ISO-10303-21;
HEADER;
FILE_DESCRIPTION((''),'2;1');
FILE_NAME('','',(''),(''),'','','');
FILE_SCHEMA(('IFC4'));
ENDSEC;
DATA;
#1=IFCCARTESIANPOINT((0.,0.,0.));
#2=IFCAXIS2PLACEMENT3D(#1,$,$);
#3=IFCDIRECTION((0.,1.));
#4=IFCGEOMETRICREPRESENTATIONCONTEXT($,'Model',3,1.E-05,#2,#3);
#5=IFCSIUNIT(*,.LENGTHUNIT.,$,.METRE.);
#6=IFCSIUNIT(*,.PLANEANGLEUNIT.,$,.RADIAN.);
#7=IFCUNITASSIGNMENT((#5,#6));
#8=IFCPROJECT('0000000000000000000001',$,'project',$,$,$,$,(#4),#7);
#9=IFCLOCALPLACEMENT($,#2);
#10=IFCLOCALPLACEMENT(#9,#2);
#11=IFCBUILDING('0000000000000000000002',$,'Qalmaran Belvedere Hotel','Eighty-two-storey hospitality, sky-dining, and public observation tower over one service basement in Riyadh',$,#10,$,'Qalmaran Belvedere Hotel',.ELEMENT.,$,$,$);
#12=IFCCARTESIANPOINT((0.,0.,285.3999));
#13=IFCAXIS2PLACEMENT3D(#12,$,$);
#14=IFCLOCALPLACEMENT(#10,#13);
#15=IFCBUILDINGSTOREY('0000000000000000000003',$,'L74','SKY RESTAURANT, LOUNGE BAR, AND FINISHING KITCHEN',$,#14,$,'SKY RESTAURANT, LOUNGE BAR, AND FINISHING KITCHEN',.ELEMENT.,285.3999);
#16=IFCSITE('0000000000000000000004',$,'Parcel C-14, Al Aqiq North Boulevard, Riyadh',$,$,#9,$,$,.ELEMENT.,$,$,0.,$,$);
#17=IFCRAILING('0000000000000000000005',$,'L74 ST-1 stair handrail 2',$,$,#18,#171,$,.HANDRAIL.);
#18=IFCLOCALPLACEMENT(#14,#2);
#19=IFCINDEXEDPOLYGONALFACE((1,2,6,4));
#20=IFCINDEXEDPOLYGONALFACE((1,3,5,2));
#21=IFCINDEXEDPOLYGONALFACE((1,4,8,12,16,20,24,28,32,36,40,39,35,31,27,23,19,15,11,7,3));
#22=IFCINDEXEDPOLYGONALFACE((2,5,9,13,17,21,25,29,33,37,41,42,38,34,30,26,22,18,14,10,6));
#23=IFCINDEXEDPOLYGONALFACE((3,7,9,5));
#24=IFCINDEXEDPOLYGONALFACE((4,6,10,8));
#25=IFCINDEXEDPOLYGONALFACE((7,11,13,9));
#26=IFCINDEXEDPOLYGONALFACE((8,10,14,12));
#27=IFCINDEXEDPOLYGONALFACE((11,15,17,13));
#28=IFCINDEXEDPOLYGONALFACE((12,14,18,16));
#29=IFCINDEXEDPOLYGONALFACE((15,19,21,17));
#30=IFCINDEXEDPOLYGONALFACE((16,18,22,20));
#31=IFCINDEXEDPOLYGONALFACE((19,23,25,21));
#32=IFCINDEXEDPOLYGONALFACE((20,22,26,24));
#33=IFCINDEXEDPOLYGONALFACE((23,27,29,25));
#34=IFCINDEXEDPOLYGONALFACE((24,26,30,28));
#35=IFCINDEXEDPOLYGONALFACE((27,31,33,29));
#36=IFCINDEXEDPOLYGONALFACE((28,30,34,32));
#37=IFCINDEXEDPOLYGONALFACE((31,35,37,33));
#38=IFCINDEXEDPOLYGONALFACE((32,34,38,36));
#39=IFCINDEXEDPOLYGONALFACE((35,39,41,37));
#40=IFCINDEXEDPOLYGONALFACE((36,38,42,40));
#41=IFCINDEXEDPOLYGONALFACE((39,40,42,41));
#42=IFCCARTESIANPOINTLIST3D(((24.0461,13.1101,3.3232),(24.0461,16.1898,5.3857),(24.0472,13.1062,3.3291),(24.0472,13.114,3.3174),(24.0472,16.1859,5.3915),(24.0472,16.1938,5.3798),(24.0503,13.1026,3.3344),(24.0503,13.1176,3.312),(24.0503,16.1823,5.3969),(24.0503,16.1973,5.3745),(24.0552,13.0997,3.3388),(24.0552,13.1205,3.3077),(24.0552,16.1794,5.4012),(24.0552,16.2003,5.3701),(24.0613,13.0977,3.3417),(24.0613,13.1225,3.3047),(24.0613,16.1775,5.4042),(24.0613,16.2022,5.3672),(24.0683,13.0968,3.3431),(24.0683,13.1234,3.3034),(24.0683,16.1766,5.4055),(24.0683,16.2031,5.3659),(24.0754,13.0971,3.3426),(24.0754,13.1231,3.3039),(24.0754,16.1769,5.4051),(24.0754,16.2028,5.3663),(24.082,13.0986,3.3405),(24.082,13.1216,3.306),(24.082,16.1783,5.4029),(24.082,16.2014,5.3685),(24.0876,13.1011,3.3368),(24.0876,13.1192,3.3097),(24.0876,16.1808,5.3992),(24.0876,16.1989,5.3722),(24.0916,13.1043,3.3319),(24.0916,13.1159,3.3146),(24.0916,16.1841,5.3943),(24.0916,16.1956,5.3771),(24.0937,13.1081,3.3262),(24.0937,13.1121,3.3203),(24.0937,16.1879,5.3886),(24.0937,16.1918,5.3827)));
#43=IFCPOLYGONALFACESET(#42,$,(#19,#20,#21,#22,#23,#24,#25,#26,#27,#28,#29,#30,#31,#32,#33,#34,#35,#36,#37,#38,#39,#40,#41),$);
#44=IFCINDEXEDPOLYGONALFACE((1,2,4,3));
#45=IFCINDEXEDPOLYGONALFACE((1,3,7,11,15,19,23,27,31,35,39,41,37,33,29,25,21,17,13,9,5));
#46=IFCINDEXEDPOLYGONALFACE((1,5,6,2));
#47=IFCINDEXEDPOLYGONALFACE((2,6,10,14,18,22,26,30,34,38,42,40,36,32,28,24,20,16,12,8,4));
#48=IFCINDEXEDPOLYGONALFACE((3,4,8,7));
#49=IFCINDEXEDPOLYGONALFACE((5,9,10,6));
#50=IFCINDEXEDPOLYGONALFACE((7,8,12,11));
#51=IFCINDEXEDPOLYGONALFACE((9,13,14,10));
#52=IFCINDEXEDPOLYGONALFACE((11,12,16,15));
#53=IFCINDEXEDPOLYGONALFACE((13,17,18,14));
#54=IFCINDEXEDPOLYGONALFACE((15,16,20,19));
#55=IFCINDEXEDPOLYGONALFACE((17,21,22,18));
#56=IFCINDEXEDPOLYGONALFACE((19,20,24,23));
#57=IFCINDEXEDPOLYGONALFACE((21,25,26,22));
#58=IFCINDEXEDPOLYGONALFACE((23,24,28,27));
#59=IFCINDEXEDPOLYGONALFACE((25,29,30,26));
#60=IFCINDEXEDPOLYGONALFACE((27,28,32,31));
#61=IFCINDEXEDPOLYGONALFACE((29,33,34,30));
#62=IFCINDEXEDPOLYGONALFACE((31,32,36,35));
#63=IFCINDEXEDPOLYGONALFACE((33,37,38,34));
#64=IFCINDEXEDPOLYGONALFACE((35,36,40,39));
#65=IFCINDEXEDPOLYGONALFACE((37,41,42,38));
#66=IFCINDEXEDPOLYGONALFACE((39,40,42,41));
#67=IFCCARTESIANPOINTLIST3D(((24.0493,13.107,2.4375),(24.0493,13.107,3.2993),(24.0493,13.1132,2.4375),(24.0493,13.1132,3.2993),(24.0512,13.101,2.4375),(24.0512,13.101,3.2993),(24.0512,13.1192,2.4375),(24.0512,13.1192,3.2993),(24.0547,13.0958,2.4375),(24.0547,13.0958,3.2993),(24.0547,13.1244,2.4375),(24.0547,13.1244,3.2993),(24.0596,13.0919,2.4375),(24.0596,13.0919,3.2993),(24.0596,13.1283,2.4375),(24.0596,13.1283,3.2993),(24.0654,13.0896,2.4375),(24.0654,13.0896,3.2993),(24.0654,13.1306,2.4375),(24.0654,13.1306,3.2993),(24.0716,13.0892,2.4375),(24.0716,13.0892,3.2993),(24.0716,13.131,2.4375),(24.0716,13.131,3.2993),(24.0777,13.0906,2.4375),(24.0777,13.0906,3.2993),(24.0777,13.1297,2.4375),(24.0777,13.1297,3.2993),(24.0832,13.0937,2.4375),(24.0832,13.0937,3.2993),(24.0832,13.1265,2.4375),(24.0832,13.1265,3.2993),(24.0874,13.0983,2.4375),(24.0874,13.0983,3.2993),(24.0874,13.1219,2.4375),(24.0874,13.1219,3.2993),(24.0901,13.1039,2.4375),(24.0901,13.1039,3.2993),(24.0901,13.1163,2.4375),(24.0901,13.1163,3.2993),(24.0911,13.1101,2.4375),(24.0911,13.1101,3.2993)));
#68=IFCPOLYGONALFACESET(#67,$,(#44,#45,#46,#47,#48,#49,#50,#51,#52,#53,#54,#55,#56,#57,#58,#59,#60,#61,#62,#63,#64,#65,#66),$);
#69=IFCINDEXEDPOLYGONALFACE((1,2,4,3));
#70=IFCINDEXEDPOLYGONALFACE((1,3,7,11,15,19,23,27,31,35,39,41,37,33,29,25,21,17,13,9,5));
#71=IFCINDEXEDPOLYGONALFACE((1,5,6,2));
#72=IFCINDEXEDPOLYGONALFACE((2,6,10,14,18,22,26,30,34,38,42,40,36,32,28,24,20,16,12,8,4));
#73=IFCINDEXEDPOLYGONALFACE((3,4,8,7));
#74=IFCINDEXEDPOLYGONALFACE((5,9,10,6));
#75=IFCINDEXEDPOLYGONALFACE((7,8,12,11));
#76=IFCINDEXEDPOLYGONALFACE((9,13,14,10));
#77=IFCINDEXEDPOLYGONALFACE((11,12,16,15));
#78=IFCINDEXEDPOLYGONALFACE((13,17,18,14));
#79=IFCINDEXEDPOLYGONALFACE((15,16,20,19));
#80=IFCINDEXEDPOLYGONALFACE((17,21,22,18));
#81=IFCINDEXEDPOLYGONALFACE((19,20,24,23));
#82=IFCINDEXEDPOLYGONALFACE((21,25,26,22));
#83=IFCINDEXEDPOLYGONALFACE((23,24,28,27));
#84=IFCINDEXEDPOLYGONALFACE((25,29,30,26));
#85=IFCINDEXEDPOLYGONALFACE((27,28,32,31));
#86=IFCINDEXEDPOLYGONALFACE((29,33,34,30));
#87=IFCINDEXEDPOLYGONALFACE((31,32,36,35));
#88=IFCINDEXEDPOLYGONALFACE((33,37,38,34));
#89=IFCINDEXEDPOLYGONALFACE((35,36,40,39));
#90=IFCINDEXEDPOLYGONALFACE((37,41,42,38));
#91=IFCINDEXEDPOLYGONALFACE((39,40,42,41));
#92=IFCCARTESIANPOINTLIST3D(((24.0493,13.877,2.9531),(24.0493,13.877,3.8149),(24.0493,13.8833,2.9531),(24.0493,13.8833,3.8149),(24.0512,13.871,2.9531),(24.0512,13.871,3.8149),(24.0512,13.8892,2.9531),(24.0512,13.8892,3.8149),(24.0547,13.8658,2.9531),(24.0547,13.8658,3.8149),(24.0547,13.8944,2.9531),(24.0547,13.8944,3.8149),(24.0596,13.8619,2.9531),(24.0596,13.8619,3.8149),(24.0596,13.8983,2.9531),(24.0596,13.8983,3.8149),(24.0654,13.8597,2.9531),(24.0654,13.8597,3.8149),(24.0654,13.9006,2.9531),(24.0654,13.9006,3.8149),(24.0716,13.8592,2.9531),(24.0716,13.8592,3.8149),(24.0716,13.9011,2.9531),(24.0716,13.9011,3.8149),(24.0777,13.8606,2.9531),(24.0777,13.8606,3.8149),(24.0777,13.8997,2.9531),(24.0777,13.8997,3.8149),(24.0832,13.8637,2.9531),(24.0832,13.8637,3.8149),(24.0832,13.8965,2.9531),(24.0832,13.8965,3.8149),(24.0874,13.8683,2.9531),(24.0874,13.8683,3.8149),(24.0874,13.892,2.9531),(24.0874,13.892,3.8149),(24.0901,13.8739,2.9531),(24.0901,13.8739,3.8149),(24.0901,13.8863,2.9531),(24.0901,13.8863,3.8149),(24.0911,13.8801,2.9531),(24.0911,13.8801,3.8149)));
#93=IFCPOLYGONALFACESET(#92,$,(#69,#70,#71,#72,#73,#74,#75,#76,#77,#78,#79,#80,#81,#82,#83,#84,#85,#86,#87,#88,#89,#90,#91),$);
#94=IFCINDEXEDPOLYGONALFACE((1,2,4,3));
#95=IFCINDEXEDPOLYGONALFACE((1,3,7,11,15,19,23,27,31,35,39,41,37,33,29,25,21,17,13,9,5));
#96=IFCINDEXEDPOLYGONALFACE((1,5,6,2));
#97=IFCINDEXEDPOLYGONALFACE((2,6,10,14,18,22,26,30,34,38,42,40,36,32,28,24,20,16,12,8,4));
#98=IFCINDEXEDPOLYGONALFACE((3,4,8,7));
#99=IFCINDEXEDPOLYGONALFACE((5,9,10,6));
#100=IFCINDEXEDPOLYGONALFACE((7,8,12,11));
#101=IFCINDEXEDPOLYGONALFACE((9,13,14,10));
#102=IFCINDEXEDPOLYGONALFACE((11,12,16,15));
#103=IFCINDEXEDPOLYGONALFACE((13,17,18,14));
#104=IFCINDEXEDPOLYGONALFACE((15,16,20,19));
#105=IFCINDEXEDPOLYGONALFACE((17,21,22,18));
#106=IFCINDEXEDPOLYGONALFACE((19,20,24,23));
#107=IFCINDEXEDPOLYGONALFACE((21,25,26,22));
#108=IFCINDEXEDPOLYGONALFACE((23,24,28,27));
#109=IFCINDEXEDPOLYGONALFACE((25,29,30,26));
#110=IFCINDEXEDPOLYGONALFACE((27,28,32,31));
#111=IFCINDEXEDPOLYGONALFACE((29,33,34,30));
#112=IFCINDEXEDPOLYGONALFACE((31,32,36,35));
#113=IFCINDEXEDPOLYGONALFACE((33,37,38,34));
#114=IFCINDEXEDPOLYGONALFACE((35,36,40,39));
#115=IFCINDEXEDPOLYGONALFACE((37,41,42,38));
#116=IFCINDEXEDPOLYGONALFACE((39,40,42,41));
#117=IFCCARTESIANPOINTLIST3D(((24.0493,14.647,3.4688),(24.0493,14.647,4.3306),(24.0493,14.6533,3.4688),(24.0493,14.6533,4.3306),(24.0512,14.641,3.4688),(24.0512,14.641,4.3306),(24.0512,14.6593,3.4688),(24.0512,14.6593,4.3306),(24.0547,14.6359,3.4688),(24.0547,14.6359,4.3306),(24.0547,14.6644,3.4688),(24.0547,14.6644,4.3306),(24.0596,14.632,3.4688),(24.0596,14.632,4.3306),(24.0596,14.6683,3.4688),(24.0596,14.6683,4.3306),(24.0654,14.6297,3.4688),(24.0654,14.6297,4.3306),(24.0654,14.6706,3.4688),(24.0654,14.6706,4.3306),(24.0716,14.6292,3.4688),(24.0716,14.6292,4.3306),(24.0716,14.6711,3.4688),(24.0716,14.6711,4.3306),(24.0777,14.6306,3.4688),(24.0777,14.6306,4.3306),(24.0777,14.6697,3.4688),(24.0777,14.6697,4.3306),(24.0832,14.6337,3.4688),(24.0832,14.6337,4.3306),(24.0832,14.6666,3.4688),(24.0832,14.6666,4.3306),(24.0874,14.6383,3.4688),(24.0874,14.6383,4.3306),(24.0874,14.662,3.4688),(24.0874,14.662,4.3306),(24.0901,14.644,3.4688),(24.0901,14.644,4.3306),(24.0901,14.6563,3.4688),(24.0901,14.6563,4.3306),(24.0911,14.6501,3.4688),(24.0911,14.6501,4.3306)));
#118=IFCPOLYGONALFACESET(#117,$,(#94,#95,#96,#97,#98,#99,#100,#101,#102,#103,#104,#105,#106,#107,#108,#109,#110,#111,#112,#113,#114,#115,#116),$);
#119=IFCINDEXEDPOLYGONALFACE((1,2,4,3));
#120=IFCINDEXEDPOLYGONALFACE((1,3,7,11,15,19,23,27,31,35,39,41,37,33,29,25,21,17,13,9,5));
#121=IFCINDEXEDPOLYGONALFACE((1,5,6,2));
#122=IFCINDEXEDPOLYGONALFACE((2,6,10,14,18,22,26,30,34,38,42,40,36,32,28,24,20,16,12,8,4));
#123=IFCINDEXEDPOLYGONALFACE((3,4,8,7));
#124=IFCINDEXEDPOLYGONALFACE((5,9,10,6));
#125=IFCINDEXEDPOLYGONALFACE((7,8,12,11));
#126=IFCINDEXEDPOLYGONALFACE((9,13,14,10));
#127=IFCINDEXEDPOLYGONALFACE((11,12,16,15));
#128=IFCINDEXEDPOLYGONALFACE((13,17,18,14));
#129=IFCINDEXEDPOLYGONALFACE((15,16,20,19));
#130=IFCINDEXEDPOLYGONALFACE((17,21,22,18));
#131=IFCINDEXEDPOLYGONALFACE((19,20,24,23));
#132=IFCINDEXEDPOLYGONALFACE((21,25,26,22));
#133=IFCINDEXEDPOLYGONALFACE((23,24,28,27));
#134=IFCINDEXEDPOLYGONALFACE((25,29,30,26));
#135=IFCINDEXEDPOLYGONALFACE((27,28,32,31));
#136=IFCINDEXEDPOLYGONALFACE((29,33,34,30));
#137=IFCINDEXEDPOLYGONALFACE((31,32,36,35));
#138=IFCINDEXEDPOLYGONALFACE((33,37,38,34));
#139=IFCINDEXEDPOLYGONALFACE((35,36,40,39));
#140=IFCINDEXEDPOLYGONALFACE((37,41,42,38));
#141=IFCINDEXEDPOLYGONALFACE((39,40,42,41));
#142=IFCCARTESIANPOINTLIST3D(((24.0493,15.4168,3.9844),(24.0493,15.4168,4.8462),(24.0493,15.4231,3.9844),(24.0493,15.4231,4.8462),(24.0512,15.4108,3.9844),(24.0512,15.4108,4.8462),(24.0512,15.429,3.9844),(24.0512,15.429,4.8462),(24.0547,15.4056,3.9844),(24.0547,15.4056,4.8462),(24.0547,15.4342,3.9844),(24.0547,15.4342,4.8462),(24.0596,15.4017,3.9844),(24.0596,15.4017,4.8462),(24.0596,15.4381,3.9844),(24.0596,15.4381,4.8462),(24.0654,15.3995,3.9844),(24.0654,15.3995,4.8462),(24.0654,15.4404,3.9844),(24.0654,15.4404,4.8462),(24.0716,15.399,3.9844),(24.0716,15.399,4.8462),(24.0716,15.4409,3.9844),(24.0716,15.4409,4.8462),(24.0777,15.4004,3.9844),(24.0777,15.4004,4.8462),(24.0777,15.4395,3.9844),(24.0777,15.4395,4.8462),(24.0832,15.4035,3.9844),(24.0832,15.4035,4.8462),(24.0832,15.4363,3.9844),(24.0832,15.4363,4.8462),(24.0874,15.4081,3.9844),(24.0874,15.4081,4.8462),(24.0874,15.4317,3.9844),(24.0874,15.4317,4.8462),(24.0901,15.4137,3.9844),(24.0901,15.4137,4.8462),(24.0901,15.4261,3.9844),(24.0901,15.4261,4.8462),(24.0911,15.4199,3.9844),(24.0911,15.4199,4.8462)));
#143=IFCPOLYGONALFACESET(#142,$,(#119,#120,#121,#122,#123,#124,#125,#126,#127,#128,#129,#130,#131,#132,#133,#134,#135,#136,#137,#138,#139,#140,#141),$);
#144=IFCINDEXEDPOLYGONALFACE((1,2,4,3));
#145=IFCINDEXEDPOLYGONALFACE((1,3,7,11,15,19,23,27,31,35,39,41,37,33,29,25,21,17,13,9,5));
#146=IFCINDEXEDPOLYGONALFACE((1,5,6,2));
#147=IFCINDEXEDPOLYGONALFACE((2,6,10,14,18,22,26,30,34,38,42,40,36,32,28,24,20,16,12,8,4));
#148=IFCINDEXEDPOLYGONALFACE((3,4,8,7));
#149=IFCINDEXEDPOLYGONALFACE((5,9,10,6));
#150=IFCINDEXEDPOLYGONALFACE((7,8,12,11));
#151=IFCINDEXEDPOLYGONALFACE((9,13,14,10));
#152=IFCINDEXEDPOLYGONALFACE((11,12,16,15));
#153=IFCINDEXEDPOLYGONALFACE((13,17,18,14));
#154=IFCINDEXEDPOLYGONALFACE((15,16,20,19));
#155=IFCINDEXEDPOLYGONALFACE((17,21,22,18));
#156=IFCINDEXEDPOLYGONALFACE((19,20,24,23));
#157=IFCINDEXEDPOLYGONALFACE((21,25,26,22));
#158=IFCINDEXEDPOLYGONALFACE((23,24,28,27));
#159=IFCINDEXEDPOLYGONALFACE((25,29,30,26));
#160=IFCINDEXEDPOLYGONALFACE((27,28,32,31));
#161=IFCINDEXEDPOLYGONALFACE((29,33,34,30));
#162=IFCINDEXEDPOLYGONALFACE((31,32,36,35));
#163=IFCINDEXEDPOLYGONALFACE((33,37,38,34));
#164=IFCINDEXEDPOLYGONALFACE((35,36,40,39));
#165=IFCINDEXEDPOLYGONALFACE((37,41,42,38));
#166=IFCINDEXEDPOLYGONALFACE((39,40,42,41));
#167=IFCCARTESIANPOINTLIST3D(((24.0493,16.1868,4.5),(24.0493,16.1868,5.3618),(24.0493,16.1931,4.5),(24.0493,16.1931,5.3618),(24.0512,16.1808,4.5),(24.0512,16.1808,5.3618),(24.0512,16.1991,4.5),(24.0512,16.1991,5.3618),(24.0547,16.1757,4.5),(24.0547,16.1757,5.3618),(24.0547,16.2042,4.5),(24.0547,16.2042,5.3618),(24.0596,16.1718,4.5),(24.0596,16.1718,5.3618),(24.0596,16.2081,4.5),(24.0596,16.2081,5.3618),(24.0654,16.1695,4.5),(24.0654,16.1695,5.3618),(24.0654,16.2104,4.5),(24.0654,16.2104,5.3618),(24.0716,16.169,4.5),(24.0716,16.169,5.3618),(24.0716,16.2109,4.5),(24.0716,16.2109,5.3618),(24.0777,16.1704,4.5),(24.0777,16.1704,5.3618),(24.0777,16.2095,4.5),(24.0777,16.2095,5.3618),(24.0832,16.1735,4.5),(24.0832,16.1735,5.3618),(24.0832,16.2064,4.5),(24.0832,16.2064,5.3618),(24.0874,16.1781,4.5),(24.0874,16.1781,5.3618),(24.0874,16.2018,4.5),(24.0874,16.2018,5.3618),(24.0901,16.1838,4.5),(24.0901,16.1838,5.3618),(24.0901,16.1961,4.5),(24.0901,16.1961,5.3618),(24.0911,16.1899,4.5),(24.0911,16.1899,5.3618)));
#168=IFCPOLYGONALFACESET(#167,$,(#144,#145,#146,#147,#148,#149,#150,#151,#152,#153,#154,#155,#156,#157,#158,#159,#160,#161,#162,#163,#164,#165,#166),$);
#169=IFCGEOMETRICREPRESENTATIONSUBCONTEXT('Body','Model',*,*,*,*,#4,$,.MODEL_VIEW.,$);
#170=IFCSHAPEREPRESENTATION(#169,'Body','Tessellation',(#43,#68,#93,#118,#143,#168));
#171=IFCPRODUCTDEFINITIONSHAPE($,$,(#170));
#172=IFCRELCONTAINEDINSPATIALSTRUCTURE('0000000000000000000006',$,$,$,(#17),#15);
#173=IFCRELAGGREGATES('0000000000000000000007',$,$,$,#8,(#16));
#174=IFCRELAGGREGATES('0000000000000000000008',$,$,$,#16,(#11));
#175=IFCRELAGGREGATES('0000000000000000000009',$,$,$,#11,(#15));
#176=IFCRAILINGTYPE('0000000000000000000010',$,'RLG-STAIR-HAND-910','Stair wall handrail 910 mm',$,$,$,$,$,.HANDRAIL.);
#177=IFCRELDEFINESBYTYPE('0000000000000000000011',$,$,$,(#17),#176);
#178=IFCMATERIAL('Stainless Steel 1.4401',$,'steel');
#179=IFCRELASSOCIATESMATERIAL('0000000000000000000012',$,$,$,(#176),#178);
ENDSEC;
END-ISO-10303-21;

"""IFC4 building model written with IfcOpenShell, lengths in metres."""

from ifc_helpers import new_model, si_unit, direction, frame, origin, origin_2d, place, context, subcontext, project, spatial, circle, extrude, material, type_object, element, save


model = new_model("IFC4")

# Units and contexts
model_context = context("Model", 3, precision=1e-05, world=origin(), true_north=direction((0.0, 1.0)))
body_context = subcontext(model_context, "Body", "Model", "MODEL_VIEW")
ifc_project = project(units=[si_unit("LENGTHUNIT", "METRE"), si_unit("PLANEANGLEUNIT", "RADIAN")], contexts=[model_context])

# Site, building, storey
site_placement = place(None, origin())
site = spatial("IfcSite", under=ifc_project, at=site_placement, Name="Parcel C-14, Al Aqiq North Boulevard, Riyadh", CompositionType="ELEMENT", RefElevation=0.0)
building_placement = place(site_placement, origin())
building = spatial("IfcBuilding", under=site, at=building_placement, Name="Qalmaran Belvedere Hotel", Description="Eighty-two-storey hospitality, sky-dining, and public observation tower over one service basement in Riyadh", LongName="Qalmaran Belvedere Hotel", CompositionType="ELEMENT")
storey_placement = place(building_placement, frame((0.0, 0.0, 285.3999)))
storey = spatial("IfcBuildingStorey", under=building, at=storey_placement, Name="L74", Description="SKY RESTAURANT, LOUNGE BAR, AND FINISHING KITCHEN", LongName="SKY RESTAURANT, LOUNGE BAR, AND FINISHING KITCHEN", CompositionType="ELEMENT", Elevation=285.3999)

# Railing
ifc_material_1 = material(Name="Stainless Steel 1.4401", Category="steel")
railing_type_1 = type_object("IfcRailingType", Name="RLG-STAIR-HAND-910", Description="Stair wall handrail 910 mm", PredefinedType="HANDRAIL", material=ifc_material_1)
railing_1_placement = place(storey_placement, frame((24.0701, 13.1101, 2.4375)))
element("IfcRailing", 1, at=railing_1_placement, inside=storey, type_object=railing_type_1, Name="L74 ST-1 stair handrail 2", PredefinedType="HANDRAIL", context=body_context, shape_type="SweptSolid", body=[
    extrude(circle(Radius=0.0239, at=origin_2d()), frame((0.0, 0.0, 0.8857), z_axis=(0.0, 0.830893, 0.556432), x_axis=(-1.0, 0.0, 0.0)), (0.0, 0.0, 1.0), 3.7065),
    extrude(circle(Radius=0.021, at=origin_2d()), origin(), (0.0, 0.0, 1.0), 0.8618),
    extrude(circle(Radius=0.021, at=origin_2d()), frame((0.0, 0.77, 0.5156)), (0.0, 0.0, 1.0), 0.8618),
    extrude(circle(Radius=0.021, at=origin_2d()), frame((0.0, 1.54, 1.0312)), (0.0, 0.0, 1.0), 0.8618),
    extrude(circle(Radius=0.021, at=origin_2d()), frame((0.0, 2.3098, 1.5469)), (0.0, 0.0, 1.0), 0.8618),
    extrude(circle(Radius=0.021, at=origin_2d()), frame((0.0, 3.0798, 2.0625)), (0.0, 0.0, 1.0), 0.8618),
])

save(model, "model.ifc")
